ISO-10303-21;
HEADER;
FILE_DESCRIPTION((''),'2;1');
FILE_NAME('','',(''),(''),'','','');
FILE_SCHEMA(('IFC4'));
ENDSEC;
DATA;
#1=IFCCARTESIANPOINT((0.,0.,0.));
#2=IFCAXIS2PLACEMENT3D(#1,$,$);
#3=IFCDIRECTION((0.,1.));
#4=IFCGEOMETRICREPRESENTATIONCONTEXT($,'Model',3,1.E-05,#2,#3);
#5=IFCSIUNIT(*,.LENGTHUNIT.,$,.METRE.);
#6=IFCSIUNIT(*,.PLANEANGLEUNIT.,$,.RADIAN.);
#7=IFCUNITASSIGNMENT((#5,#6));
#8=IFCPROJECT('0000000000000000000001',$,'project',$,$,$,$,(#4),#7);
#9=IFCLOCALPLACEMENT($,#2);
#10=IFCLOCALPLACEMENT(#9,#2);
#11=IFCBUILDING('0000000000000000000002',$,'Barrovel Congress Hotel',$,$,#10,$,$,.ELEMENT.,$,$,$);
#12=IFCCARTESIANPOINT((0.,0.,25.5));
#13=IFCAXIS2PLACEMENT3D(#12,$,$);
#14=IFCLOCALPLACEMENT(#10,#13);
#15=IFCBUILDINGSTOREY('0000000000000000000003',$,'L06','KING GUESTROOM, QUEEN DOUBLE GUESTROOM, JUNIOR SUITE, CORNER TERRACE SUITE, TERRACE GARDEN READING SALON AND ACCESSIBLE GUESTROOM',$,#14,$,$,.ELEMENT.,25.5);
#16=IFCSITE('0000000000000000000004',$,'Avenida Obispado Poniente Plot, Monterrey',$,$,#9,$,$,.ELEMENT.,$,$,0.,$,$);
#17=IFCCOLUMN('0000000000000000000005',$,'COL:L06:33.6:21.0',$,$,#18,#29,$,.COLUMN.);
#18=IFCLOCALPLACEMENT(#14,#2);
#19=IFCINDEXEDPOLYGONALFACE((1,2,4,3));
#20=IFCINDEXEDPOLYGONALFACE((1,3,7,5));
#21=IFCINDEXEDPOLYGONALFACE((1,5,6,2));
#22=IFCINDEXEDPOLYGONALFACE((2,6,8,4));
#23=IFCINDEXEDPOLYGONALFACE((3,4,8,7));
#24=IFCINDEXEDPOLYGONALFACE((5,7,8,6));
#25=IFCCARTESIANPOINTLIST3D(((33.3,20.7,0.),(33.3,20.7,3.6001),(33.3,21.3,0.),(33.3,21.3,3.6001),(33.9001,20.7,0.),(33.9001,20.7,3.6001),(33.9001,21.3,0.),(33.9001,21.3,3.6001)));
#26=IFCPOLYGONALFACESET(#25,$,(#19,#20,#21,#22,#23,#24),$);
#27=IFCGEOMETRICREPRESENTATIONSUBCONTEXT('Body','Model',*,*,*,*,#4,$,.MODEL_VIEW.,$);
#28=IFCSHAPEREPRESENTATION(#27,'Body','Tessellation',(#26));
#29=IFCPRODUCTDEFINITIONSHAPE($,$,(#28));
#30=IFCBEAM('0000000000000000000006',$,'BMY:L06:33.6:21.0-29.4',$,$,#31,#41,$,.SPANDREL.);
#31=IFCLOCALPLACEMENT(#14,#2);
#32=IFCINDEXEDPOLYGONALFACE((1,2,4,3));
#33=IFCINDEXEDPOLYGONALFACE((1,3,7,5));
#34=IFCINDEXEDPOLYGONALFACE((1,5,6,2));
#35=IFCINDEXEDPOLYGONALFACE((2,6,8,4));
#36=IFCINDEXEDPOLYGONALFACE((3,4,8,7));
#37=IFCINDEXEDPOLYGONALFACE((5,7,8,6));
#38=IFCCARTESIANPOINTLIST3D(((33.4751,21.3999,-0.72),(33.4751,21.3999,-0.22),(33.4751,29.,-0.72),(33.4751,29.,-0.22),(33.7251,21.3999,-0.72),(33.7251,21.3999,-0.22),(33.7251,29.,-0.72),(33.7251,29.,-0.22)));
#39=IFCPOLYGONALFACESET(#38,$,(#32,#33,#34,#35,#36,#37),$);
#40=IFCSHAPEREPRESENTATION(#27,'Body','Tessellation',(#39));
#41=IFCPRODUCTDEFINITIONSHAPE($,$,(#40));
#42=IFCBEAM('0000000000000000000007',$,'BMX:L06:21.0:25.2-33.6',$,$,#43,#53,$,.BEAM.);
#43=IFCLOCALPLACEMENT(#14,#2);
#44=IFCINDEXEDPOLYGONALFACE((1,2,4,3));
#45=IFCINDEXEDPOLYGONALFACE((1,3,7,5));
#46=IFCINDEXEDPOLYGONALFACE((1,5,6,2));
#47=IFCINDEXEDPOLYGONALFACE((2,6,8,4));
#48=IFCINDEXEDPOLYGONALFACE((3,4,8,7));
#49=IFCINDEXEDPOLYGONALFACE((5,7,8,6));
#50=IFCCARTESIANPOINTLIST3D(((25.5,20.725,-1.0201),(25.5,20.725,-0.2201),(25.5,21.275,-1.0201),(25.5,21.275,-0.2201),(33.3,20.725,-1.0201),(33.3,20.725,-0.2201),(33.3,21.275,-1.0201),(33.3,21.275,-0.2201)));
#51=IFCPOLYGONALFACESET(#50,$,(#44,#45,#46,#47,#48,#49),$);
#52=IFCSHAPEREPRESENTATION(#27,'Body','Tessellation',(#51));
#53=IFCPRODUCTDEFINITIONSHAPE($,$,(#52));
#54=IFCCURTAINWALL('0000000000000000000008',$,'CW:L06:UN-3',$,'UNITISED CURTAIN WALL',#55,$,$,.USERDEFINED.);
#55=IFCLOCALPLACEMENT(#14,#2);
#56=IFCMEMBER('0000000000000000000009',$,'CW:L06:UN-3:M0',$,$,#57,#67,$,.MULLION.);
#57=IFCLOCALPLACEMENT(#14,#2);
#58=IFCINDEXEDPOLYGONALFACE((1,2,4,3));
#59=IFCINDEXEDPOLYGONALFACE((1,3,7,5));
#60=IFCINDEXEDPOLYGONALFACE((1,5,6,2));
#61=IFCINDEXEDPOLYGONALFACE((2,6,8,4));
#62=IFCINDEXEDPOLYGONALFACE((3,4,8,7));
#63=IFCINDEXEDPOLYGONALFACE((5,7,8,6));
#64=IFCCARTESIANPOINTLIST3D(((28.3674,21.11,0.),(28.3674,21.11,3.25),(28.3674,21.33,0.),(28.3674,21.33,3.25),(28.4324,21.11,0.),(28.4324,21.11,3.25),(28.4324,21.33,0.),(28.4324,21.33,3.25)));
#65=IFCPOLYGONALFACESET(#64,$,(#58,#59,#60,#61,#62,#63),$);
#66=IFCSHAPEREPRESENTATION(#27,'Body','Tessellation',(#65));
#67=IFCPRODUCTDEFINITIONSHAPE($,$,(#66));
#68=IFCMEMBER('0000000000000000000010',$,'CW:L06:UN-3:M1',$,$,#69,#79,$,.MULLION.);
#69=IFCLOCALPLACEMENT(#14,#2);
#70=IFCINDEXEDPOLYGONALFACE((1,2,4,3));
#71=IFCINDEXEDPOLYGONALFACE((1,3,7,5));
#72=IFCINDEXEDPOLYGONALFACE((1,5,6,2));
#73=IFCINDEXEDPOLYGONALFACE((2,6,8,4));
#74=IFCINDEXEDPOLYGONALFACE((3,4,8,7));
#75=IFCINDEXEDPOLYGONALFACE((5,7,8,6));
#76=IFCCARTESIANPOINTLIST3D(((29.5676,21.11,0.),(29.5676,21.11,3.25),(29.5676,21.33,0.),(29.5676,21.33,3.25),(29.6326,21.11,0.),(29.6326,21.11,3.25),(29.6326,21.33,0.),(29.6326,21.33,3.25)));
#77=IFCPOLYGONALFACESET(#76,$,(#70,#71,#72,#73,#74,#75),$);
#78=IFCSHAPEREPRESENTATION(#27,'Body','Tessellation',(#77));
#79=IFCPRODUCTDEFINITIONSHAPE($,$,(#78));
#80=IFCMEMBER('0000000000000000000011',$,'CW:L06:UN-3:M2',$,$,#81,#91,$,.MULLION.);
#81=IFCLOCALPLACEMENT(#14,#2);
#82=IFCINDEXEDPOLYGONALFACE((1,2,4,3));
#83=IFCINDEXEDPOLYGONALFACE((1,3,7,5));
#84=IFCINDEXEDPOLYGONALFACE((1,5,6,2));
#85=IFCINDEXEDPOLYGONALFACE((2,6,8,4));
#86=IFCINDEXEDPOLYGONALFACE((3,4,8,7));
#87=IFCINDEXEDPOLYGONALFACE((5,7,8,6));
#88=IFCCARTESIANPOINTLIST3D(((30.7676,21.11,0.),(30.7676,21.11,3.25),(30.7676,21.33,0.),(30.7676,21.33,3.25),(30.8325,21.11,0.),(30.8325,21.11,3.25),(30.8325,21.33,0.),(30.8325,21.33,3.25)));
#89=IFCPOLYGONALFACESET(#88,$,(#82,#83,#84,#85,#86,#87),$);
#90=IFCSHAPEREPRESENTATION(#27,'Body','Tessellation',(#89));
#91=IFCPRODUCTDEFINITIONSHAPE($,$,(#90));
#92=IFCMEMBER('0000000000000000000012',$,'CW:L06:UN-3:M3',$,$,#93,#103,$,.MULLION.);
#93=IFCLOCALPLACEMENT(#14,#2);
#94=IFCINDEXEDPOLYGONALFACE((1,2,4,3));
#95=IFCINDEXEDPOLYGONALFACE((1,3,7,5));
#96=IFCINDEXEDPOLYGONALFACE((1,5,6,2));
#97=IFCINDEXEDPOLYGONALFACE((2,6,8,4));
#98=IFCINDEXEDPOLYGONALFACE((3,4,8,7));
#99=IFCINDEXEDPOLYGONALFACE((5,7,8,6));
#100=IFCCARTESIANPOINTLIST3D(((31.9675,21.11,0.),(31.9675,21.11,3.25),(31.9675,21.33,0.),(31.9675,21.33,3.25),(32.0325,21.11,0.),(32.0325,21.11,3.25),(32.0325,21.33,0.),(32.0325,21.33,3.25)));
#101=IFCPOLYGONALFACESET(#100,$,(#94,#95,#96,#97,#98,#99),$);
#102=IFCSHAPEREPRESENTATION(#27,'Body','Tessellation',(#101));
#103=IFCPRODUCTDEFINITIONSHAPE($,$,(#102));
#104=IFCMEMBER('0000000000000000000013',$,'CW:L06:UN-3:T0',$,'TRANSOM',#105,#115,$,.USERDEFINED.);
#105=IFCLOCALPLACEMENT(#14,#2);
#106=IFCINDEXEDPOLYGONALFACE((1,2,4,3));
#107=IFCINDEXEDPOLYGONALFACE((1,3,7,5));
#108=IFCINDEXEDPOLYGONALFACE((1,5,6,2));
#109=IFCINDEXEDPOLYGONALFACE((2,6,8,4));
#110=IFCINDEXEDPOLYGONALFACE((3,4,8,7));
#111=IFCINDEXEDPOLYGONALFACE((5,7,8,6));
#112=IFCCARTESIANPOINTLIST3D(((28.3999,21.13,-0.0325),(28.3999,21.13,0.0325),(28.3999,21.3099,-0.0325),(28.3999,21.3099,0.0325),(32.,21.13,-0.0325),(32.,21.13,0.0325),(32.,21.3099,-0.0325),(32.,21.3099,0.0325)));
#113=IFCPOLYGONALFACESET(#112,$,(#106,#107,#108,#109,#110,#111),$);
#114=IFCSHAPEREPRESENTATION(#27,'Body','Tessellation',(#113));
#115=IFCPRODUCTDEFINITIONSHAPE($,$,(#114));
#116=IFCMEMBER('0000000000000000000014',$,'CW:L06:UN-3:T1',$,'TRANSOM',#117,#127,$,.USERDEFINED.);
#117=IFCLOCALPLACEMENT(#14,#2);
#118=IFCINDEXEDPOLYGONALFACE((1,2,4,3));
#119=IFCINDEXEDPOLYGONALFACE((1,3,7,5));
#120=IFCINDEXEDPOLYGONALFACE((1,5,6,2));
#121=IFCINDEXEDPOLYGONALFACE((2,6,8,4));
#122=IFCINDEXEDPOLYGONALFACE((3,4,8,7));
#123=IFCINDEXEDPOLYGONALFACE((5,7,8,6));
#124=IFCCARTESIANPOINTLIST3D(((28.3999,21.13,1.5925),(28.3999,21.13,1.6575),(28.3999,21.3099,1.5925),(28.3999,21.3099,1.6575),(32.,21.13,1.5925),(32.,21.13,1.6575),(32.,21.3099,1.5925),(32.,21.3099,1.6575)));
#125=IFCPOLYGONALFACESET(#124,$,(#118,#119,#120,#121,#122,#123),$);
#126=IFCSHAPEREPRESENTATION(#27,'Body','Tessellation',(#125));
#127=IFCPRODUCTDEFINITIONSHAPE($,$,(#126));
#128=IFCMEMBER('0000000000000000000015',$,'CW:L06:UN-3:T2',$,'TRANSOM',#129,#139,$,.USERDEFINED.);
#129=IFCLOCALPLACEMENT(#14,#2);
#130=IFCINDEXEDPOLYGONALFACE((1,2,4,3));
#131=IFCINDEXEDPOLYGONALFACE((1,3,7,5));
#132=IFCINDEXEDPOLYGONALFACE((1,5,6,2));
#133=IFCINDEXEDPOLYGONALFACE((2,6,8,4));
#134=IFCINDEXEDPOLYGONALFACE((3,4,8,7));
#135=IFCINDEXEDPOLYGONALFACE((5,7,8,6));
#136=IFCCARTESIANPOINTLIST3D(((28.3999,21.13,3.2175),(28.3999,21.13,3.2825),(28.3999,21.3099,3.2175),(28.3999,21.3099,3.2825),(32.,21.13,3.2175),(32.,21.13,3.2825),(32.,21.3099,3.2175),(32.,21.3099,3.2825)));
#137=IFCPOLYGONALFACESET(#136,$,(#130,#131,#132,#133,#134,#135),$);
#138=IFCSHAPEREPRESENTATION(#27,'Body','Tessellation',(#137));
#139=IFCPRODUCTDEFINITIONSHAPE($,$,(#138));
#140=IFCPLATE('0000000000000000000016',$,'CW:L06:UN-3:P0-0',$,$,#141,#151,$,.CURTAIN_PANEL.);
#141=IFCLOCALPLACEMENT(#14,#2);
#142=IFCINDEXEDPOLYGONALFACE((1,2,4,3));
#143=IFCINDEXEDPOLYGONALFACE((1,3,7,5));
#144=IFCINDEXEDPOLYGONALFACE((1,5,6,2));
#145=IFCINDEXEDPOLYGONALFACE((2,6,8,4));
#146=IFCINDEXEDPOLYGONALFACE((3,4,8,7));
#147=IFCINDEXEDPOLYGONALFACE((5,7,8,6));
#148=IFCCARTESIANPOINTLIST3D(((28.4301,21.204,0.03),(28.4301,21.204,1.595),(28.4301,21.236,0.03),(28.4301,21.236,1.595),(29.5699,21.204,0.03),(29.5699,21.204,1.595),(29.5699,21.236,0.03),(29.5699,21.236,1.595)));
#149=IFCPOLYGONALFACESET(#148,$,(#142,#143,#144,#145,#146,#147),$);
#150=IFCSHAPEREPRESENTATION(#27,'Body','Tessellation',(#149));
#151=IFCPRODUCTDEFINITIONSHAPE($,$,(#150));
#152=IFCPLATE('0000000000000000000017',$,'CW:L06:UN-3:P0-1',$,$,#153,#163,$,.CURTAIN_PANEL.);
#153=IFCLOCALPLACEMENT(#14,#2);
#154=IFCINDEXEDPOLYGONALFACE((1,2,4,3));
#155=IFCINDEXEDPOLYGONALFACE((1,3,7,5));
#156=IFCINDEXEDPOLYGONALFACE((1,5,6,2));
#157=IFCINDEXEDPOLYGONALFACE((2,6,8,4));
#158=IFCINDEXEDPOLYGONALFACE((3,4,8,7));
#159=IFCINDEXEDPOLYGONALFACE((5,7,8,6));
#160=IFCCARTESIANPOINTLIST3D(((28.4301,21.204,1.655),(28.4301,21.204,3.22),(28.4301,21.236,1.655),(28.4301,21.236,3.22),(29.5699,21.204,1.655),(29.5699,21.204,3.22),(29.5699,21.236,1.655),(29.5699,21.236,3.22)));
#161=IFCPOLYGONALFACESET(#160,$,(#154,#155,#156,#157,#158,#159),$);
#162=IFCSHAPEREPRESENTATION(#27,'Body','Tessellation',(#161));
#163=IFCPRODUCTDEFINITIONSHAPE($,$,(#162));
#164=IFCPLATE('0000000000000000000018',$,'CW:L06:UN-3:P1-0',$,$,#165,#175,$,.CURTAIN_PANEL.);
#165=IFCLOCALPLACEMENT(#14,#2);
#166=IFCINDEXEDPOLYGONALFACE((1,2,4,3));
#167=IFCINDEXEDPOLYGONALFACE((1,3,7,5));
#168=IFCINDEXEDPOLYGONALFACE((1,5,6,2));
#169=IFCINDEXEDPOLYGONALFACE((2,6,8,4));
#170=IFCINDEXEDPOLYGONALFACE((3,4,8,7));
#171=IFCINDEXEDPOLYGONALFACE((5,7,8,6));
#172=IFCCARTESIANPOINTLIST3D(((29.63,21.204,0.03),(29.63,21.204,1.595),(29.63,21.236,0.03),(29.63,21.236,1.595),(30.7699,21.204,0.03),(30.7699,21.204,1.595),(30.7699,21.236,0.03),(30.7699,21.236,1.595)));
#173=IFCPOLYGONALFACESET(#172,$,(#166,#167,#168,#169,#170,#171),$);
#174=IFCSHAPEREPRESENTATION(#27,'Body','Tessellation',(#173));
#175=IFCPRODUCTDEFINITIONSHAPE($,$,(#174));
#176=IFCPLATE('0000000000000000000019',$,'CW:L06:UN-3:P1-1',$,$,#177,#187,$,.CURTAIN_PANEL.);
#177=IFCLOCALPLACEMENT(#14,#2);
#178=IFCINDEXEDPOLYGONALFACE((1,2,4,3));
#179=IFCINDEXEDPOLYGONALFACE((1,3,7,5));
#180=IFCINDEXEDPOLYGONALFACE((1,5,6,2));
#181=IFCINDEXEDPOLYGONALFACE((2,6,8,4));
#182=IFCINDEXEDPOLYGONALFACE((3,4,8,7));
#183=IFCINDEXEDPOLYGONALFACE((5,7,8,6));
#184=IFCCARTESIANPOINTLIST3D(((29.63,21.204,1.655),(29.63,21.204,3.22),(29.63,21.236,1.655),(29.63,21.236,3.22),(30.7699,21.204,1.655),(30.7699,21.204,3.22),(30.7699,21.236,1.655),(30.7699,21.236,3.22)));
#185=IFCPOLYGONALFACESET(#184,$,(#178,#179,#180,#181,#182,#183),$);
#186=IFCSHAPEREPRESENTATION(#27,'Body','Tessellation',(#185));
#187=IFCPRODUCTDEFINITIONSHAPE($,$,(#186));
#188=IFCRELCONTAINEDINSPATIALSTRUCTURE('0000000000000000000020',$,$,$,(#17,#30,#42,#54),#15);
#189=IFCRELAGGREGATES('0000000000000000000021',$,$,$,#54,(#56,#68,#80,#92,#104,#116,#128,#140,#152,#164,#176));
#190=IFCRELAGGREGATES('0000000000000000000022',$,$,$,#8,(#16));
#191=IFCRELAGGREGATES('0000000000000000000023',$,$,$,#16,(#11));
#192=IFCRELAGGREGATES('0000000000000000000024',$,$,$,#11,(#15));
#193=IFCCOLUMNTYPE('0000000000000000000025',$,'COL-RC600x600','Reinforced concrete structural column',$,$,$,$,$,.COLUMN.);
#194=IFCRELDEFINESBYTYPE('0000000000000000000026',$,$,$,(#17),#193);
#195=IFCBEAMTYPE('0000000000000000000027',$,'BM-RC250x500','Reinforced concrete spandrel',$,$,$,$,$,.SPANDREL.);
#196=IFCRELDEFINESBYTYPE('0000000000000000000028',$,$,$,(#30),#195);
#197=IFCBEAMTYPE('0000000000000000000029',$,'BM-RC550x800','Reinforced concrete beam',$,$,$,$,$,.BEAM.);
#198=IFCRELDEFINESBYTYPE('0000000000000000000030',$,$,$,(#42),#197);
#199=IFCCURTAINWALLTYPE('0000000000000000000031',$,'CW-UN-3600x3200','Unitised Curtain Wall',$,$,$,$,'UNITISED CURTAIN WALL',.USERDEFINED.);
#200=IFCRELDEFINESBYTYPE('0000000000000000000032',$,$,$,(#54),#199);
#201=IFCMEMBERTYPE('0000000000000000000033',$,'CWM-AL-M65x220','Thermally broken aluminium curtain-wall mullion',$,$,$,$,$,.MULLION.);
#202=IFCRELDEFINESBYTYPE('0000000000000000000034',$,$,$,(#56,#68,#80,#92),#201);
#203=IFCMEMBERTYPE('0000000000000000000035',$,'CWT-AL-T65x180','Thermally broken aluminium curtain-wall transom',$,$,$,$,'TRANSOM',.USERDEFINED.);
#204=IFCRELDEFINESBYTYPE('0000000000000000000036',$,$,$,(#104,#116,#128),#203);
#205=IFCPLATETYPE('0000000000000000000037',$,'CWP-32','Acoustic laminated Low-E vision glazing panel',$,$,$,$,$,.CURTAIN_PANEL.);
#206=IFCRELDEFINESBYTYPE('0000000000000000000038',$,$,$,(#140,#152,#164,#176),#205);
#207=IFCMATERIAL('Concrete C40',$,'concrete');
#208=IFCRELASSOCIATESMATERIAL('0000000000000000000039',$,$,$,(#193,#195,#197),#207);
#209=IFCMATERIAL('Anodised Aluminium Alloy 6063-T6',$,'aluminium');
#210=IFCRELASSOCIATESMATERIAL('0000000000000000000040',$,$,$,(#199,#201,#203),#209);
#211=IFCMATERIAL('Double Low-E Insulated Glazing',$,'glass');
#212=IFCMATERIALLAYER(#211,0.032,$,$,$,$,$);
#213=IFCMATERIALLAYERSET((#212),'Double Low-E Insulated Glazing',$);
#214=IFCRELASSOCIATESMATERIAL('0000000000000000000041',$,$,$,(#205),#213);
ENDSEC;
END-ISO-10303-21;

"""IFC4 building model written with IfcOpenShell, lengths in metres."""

from ifc_helpers import new_model, si_unit, direction, frame, origin, origin_2d, place, context, subcontext, project, spatial, rectangle, extrude, material, layer, layer_set, material_profile, profile_set, type_object, element, aggregate, save


model = new_model("IFC4")

# Units and contexts
model_context = context("Model", 3, precision=1e-05, world=origin(), true_north=direction((0.0, 1.0)))
body_context = subcontext(model_context, "Body", "Model", "MODEL_VIEW")
ifc_project = project(units=[si_unit("LENGTHUNIT", "METRE"), si_unit("PLANEANGLEUNIT", "RADIAN")], contexts=[model_context])

# Site, building, storey
site_placement = place(None, origin())
site = spatial("IfcSite", under=ifc_project, at=site_placement, Name="Avenida Obispado Poniente Plot, Monterrey", CompositionType="ELEMENT", RefElevation=0.0)
building_placement = place(site_placement, origin())
building = spatial("IfcBuilding", under=site, at=building_placement, Name="Barrovel Congress Hotel", CompositionType="ELEMENT")
storey_placement = place(building_placement, frame((0.0, 0.0, 25.5)))
storey = spatial("IfcBuildingStorey", under=building, at=storey_placement, Name="L06", Description="KING GUESTROOM, QUEEN DOUBLE GUESTROOM, JUNIOR SUITE, CORNER TERRACE SUITE, TERRACE GARDEN READING SALON AND ACCESSIBLE GUESTROOM", CompositionType="ELEMENT", Elevation=25.5)

# Column
ifc_material_1 = material(Name="Concrete C40", Category="concrete")
ifc_material_profile_1 = material_profile(ifc_material_1, rectangle(XDim=0.6001, YDim=0.6001, at=origin_2d()), Name="RC600x600")
ifc_profile_set_1 = profile_set([ifc_material_profile_1], Name="Concrete C40")
column_type = type_object("IfcColumnType", Name="COL-RC600x600", Description="Reinforced concrete structural column", PredefinedType="COLUMN", material=ifc_profile_set_1)
column_placement = place(storey_placement, frame((33.6001, 21.0, 0.0), z_axis=(0.0, 0.0, 1.0), x_axis=(1.0, 0.0, 0.0)))
element("IfcColumn", 1, at=column_placement, inside=storey, type_object=column_type, Name="COL:L06:33.6:21.0", PredefinedType="COLUMN", context=body_context, shape_type="SweptSolid", body=[
    extrude(rectangle(XDim=0.6001, YDim=0.6001, at=origin_2d()), origin(), (0.0, 0.0, 1.0), 3.6001),
])

# Beams
ifc_material_profile_2 = material_profile(ifc_material_1, rectangle(XDim=0.25, YDim=0.5, at=origin_2d()), Name="RC250x500")
ifc_profile_set_2 = profile_set([ifc_material_profile_2], Name="Concrete C40")
beam_type_1 = type_object("IfcBeamType", Name="BM-RC250x500", Description="Reinforced concrete spandrel", PredefinedType="SPANDREL", material=ifc_profile_set_2)
beam_1_placement = place(storey_placement, frame((33.6001, 21.3999, -0.47), z_axis=(0.0, 1.0, 0.0), x_axis=(-1.0, 0.0, 0.0)))
element("IfcBeam", 2, at=beam_1_placement, inside=storey, type_object=beam_type_1, Name="BMY:L06:33.6:21.0-29.4", PredefinedType="SPANDREL", context=body_context, shape_type="SweptSolid", body=[
    extrude(rectangle(XDim=0.25, YDim=0.5, at=origin_2d()), origin(), (0.0, 0.0, 1.0), 7.6001),
])
ifc_material_profile_3 = material_profile(ifc_material_1, rectangle(XDim=0.55, YDim=0.8, at=origin_2d()), Name="RC550x800")
ifc_profile_set_3 = profile_set([ifc_material_profile_3], Name="Concrete C40")
beam_type_2 = type_object("IfcBeamType", Name="BM-RC550x800", Description="Reinforced concrete beam", PredefinedType="BEAM", material=ifc_profile_set_3)
beam_2_placement = place(storey_placement, frame((25.5, 21.0, -0.6201), z_axis=(1.0, 0.0, 0.0), x_axis=(0.0, 1.0, 0.0)))
element("IfcBeam", 3, at=beam_2_placement, inside=storey, type_object=beam_type_2, Name="BMX:L06:21.0:25.2-33.6", PredefinedType="BEAM", context=body_context, shape_type="SweptSolid", body=[
    extrude(rectangle(XDim=0.55, YDim=0.8, at=origin_2d()), origin(), (0.0, 0.0, 1.0), 7.8),
])

# Curtain wall, members, plates
ifc_material_2 = material(Name="Anodised Aluminium Alloy 6063-T6", Category="aluminium")
curtain_wall_type = type_object("IfcCurtainWallType", Name="CW-UN-3600x3200", Description="Unitised Curtain Wall", ElementType="UNITISED CURTAIN WALL", PredefinedType="USERDEFINED", material=ifc_material_2)
curtain_wall_placement = place(storey_placement, origin())
curtain_wall = element("IfcCurtainWall", 4, at=curtain_wall_placement, inside=storey, type_object=curtain_wall_type, Name="CW:L06:UN-3", ObjectType="UNITISED CURTAIN WALL", PredefinedType="USERDEFINED")
ifc_material_profile_4 = material_profile(ifc_material_2, rectangle(XDim=0.0649, YDim=0.22, at=origin_2d()), Name="AL-M65x220")
ifc_profile_set_4 = profile_set([ifc_material_profile_4], Name="Anodised Aluminium Alloy 6063-T6")
member_type_1 = type_object("IfcMemberType", Name="CWM-AL-M65x220", Description="Thermally broken aluminium curtain-wall mullion", PredefinedType="MULLION", material=ifc_profile_set_4)
member_1_placement = place(storey_placement, frame((28.3999, 21.22, 0.0), z_axis=(0.0, 0.0, 1.0), x_axis=(1.0, 0.0, 0.0)))
member_1 = element("IfcMember", 5, at=member_1_placement, type_object=member_type_1, Name="CW:L06:UN-3:M0", PredefinedType="MULLION", context=body_context, shape_type="SweptSolid", body=[
    extrude(rectangle(XDim=0.0649, YDim=0.22, at=origin_2d()), origin(), (0.0, 0.0, 1.0), 3.25),
])
member_2_placement = place(storey_placement, frame((29.6001, 21.22, 0.0), z_axis=(0.0, 0.0, 1.0), x_axis=(1.0, 0.0, 0.0)))
member_2 = element("IfcMember", 6, at=member_2_placement, type_object=member_type_1, Name="CW:L06:UN-3:M1", PredefinedType="MULLION", context=body_context, shape_type="SweptSolid", body=[
    extrude(rectangle(XDim=0.0649, YDim=0.22, at=origin_2d()), origin(), (0.0, 0.0, 1.0), 3.25),
])
member_3_placement = place(storey_placement, frame((30.8, 21.22, 0.0), z_axis=(0.0, 0.0, 1.0), x_axis=(1.0, 0.0, 0.0)))
member_3 = element("IfcMember", 7, at=member_3_placement, type_object=member_type_1, Name="CW:L06:UN-3:M2", PredefinedType="MULLION", context=body_context, shape_type="SweptSolid", body=[
    extrude(rectangle(XDim=0.0649, YDim=0.22, at=origin_2d()), origin(), (0.0, 0.0, 1.0), 3.25),
])
member_4_placement = place(storey_placement, frame((32.0, 21.22, 0.0), z_axis=(0.0, 0.0, 1.0), x_axis=(1.0, 0.0, 0.0)))
member_4 = element("IfcMember", 8, at=member_4_placement, type_object=member_type_1, Name="CW:L06:UN-3:M3", PredefinedType="MULLION", context=body_context, shape_type="SweptSolid", body=[
    extrude(rectangle(XDim=0.0649, YDim=0.22, at=origin_2d()), origin(), (0.0, 0.0, 1.0), 3.25),
])
ifc_material_profile_5 = material_profile(ifc_material_2, rectangle(XDim=0.1799, YDim=0.0649, at=origin_2d()), Name="AL-T65x180")
ifc_profile_set_5 = profile_set([ifc_material_profile_5], Name="Anodised Aluminium Alloy 6063-T6")
member_type_2 = type_object("IfcMemberType", Name="CWT-AL-T65x180", Description="Thermally broken aluminium curtain-wall transom", ElementType="TRANSOM", PredefinedType="USERDEFINED", material=ifc_profile_set_5)
member_5_placement = place(storey_placement, frame((28.3999, 21.22, 0.0), z_axis=(1.0, 0.0, 0.0), x_axis=(0.0, 1.0, 0.0)))
member_5 = element("IfcMember", 9, at=member_5_placement, type_object=member_type_2, Name="CW:L06:UN-3:T0", ObjectType="TRANSOM", PredefinedType="USERDEFINED", context=body_context, shape_type="SweptSolid", body=[
    extrude(rectangle(XDim=0.1799, YDim=0.0649, at=origin_2d()), origin(), (0.0, 0.0, 1.0), 3.6001),
])
member_6_placement = place(storey_placement, frame((28.3999, 21.22, 1.625), z_axis=(1.0, 0.0, 0.0), x_axis=(0.0, 1.0, 0.0)))
member_6 = element("IfcMember", 10, at=member_6_placement, type_object=member_type_2, Name="CW:L06:UN-3:T1", ObjectType="TRANSOM", PredefinedType="USERDEFINED", context=body_context, shape_type="SweptSolid", body=[
    extrude(rectangle(XDim=0.1799, YDim=0.0649, at=origin_2d()), origin(), (0.0, 0.0, 1.0), 3.6001),
])
member_7_placement = place(storey_placement, frame((28.3999, 21.22, 3.25), z_axis=(1.0, 0.0, 0.0), x_axis=(0.0, 1.0, 0.0)))
member_7 = element("IfcMember", 11, at=member_7_placement, type_object=member_type_2, Name="CW:L06:UN-3:T2", ObjectType="TRANSOM", PredefinedType="USERDEFINED", context=body_context, shape_type="SweptSolid", body=[
    extrude(rectangle(XDim=0.1799, YDim=0.0649, at=origin_2d()), origin(), (0.0, 0.0, 1.0), 3.6001),
])
ifc_material_3 = material(Name="Double Low-E Insulated Glazing", Category="glass")
ifc_layer_1 = layer(ifc_material_3, 0.032)
ifc_layer_set_1 = layer_set([ifc_layer_1], Name="Double Low-E Insulated Glazing")
plate_type = type_object("IfcPlateType", Name="CWP-32", Description="Acoustic laminated Low-E vision glazing panel", PredefinedType="CURTAIN_PANEL", material=ifc_layer_set_1)
plate_1_placement = place(storey_placement, frame((29.0, 21.22, 0.03), z_axis=(0.0, 0.0, 1.0), x_axis=(1.0, 0.0, 0.0)))
plate_1 = element("IfcPlate", 12, at=plate_1_placement, type_object=plate_type, Name="CW:L06:UN-3:P0-0", PredefinedType="CURTAIN_PANEL", context=body_context, shape_type="SweptSolid", body=[
    extrude(rectangle(XDim=1.1399, YDim=0.032, at=origin_2d()), origin(), (0.0, 0.0, 1.0), 1.5649),
])
plate_2_placement = place(storey_placement, frame((29.0, 21.22, 1.655), z_axis=(0.0, 0.0, 1.0), x_axis=(1.0, 0.0, 0.0)))
plate_2 = element("IfcPlate", 13, at=plate_2_placement, type_object=plate_type, Name="CW:L06:UN-3:P0-1", PredefinedType="CURTAIN_PANEL", context=body_context, shape_type="SweptSolid", body=[
    extrude(rectangle(XDim=1.1399, YDim=0.032, at=origin_2d()), origin(), (0.0, 0.0, 1.0), 1.5649),
])
plate_3_placement = place(storey_placement, frame((30.2, 21.22, 0.03), z_axis=(0.0, 0.0, 1.0), x_axis=(1.0, 0.0, 0.0)))
plate_3 = element("IfcPlate", 14, at=plate_3_placement, type_object=plate_type, Name="CW:L06:UN-3:P1-0", PredefinedType="CURTAIN_PANEL", context=body_context, shape_type="SweptSolid", body=[
    extrude(rectangle(XDim=1.1399, YDim=0.032, at=origin_2d()), origin(), (0.0, 0.0, 1.0), 1.5649),
])
plate_4_placement = place(storey_placement, frame((30.2, 21.22, 1.655), z_axis=(0.0, 0.0, 1.0), x_axis=(1.0, 0.0, 0.0)))
plate_4 = element("IfcPlate", 15, at=plate_4_placement, type_object=plate_type, Name="CW:L06:UN-3:P1-1", PredefinedType="CURTAIN_PANEL", context=body_context, shape_type="SweptSolid", body=[
    extrude(rectangle(XDim=1.1399, YDim=0.032, at=origin_2d()), origin(), (0.0, 0.0, 1.0), 1.5649),
])
aggregate(curtain_wall, [member_1, member_2, member_3, member_4, member_5, member_6, member_7, plate_1, plate_2, plate_3, plate_4])

save(model, "model.ifc")
